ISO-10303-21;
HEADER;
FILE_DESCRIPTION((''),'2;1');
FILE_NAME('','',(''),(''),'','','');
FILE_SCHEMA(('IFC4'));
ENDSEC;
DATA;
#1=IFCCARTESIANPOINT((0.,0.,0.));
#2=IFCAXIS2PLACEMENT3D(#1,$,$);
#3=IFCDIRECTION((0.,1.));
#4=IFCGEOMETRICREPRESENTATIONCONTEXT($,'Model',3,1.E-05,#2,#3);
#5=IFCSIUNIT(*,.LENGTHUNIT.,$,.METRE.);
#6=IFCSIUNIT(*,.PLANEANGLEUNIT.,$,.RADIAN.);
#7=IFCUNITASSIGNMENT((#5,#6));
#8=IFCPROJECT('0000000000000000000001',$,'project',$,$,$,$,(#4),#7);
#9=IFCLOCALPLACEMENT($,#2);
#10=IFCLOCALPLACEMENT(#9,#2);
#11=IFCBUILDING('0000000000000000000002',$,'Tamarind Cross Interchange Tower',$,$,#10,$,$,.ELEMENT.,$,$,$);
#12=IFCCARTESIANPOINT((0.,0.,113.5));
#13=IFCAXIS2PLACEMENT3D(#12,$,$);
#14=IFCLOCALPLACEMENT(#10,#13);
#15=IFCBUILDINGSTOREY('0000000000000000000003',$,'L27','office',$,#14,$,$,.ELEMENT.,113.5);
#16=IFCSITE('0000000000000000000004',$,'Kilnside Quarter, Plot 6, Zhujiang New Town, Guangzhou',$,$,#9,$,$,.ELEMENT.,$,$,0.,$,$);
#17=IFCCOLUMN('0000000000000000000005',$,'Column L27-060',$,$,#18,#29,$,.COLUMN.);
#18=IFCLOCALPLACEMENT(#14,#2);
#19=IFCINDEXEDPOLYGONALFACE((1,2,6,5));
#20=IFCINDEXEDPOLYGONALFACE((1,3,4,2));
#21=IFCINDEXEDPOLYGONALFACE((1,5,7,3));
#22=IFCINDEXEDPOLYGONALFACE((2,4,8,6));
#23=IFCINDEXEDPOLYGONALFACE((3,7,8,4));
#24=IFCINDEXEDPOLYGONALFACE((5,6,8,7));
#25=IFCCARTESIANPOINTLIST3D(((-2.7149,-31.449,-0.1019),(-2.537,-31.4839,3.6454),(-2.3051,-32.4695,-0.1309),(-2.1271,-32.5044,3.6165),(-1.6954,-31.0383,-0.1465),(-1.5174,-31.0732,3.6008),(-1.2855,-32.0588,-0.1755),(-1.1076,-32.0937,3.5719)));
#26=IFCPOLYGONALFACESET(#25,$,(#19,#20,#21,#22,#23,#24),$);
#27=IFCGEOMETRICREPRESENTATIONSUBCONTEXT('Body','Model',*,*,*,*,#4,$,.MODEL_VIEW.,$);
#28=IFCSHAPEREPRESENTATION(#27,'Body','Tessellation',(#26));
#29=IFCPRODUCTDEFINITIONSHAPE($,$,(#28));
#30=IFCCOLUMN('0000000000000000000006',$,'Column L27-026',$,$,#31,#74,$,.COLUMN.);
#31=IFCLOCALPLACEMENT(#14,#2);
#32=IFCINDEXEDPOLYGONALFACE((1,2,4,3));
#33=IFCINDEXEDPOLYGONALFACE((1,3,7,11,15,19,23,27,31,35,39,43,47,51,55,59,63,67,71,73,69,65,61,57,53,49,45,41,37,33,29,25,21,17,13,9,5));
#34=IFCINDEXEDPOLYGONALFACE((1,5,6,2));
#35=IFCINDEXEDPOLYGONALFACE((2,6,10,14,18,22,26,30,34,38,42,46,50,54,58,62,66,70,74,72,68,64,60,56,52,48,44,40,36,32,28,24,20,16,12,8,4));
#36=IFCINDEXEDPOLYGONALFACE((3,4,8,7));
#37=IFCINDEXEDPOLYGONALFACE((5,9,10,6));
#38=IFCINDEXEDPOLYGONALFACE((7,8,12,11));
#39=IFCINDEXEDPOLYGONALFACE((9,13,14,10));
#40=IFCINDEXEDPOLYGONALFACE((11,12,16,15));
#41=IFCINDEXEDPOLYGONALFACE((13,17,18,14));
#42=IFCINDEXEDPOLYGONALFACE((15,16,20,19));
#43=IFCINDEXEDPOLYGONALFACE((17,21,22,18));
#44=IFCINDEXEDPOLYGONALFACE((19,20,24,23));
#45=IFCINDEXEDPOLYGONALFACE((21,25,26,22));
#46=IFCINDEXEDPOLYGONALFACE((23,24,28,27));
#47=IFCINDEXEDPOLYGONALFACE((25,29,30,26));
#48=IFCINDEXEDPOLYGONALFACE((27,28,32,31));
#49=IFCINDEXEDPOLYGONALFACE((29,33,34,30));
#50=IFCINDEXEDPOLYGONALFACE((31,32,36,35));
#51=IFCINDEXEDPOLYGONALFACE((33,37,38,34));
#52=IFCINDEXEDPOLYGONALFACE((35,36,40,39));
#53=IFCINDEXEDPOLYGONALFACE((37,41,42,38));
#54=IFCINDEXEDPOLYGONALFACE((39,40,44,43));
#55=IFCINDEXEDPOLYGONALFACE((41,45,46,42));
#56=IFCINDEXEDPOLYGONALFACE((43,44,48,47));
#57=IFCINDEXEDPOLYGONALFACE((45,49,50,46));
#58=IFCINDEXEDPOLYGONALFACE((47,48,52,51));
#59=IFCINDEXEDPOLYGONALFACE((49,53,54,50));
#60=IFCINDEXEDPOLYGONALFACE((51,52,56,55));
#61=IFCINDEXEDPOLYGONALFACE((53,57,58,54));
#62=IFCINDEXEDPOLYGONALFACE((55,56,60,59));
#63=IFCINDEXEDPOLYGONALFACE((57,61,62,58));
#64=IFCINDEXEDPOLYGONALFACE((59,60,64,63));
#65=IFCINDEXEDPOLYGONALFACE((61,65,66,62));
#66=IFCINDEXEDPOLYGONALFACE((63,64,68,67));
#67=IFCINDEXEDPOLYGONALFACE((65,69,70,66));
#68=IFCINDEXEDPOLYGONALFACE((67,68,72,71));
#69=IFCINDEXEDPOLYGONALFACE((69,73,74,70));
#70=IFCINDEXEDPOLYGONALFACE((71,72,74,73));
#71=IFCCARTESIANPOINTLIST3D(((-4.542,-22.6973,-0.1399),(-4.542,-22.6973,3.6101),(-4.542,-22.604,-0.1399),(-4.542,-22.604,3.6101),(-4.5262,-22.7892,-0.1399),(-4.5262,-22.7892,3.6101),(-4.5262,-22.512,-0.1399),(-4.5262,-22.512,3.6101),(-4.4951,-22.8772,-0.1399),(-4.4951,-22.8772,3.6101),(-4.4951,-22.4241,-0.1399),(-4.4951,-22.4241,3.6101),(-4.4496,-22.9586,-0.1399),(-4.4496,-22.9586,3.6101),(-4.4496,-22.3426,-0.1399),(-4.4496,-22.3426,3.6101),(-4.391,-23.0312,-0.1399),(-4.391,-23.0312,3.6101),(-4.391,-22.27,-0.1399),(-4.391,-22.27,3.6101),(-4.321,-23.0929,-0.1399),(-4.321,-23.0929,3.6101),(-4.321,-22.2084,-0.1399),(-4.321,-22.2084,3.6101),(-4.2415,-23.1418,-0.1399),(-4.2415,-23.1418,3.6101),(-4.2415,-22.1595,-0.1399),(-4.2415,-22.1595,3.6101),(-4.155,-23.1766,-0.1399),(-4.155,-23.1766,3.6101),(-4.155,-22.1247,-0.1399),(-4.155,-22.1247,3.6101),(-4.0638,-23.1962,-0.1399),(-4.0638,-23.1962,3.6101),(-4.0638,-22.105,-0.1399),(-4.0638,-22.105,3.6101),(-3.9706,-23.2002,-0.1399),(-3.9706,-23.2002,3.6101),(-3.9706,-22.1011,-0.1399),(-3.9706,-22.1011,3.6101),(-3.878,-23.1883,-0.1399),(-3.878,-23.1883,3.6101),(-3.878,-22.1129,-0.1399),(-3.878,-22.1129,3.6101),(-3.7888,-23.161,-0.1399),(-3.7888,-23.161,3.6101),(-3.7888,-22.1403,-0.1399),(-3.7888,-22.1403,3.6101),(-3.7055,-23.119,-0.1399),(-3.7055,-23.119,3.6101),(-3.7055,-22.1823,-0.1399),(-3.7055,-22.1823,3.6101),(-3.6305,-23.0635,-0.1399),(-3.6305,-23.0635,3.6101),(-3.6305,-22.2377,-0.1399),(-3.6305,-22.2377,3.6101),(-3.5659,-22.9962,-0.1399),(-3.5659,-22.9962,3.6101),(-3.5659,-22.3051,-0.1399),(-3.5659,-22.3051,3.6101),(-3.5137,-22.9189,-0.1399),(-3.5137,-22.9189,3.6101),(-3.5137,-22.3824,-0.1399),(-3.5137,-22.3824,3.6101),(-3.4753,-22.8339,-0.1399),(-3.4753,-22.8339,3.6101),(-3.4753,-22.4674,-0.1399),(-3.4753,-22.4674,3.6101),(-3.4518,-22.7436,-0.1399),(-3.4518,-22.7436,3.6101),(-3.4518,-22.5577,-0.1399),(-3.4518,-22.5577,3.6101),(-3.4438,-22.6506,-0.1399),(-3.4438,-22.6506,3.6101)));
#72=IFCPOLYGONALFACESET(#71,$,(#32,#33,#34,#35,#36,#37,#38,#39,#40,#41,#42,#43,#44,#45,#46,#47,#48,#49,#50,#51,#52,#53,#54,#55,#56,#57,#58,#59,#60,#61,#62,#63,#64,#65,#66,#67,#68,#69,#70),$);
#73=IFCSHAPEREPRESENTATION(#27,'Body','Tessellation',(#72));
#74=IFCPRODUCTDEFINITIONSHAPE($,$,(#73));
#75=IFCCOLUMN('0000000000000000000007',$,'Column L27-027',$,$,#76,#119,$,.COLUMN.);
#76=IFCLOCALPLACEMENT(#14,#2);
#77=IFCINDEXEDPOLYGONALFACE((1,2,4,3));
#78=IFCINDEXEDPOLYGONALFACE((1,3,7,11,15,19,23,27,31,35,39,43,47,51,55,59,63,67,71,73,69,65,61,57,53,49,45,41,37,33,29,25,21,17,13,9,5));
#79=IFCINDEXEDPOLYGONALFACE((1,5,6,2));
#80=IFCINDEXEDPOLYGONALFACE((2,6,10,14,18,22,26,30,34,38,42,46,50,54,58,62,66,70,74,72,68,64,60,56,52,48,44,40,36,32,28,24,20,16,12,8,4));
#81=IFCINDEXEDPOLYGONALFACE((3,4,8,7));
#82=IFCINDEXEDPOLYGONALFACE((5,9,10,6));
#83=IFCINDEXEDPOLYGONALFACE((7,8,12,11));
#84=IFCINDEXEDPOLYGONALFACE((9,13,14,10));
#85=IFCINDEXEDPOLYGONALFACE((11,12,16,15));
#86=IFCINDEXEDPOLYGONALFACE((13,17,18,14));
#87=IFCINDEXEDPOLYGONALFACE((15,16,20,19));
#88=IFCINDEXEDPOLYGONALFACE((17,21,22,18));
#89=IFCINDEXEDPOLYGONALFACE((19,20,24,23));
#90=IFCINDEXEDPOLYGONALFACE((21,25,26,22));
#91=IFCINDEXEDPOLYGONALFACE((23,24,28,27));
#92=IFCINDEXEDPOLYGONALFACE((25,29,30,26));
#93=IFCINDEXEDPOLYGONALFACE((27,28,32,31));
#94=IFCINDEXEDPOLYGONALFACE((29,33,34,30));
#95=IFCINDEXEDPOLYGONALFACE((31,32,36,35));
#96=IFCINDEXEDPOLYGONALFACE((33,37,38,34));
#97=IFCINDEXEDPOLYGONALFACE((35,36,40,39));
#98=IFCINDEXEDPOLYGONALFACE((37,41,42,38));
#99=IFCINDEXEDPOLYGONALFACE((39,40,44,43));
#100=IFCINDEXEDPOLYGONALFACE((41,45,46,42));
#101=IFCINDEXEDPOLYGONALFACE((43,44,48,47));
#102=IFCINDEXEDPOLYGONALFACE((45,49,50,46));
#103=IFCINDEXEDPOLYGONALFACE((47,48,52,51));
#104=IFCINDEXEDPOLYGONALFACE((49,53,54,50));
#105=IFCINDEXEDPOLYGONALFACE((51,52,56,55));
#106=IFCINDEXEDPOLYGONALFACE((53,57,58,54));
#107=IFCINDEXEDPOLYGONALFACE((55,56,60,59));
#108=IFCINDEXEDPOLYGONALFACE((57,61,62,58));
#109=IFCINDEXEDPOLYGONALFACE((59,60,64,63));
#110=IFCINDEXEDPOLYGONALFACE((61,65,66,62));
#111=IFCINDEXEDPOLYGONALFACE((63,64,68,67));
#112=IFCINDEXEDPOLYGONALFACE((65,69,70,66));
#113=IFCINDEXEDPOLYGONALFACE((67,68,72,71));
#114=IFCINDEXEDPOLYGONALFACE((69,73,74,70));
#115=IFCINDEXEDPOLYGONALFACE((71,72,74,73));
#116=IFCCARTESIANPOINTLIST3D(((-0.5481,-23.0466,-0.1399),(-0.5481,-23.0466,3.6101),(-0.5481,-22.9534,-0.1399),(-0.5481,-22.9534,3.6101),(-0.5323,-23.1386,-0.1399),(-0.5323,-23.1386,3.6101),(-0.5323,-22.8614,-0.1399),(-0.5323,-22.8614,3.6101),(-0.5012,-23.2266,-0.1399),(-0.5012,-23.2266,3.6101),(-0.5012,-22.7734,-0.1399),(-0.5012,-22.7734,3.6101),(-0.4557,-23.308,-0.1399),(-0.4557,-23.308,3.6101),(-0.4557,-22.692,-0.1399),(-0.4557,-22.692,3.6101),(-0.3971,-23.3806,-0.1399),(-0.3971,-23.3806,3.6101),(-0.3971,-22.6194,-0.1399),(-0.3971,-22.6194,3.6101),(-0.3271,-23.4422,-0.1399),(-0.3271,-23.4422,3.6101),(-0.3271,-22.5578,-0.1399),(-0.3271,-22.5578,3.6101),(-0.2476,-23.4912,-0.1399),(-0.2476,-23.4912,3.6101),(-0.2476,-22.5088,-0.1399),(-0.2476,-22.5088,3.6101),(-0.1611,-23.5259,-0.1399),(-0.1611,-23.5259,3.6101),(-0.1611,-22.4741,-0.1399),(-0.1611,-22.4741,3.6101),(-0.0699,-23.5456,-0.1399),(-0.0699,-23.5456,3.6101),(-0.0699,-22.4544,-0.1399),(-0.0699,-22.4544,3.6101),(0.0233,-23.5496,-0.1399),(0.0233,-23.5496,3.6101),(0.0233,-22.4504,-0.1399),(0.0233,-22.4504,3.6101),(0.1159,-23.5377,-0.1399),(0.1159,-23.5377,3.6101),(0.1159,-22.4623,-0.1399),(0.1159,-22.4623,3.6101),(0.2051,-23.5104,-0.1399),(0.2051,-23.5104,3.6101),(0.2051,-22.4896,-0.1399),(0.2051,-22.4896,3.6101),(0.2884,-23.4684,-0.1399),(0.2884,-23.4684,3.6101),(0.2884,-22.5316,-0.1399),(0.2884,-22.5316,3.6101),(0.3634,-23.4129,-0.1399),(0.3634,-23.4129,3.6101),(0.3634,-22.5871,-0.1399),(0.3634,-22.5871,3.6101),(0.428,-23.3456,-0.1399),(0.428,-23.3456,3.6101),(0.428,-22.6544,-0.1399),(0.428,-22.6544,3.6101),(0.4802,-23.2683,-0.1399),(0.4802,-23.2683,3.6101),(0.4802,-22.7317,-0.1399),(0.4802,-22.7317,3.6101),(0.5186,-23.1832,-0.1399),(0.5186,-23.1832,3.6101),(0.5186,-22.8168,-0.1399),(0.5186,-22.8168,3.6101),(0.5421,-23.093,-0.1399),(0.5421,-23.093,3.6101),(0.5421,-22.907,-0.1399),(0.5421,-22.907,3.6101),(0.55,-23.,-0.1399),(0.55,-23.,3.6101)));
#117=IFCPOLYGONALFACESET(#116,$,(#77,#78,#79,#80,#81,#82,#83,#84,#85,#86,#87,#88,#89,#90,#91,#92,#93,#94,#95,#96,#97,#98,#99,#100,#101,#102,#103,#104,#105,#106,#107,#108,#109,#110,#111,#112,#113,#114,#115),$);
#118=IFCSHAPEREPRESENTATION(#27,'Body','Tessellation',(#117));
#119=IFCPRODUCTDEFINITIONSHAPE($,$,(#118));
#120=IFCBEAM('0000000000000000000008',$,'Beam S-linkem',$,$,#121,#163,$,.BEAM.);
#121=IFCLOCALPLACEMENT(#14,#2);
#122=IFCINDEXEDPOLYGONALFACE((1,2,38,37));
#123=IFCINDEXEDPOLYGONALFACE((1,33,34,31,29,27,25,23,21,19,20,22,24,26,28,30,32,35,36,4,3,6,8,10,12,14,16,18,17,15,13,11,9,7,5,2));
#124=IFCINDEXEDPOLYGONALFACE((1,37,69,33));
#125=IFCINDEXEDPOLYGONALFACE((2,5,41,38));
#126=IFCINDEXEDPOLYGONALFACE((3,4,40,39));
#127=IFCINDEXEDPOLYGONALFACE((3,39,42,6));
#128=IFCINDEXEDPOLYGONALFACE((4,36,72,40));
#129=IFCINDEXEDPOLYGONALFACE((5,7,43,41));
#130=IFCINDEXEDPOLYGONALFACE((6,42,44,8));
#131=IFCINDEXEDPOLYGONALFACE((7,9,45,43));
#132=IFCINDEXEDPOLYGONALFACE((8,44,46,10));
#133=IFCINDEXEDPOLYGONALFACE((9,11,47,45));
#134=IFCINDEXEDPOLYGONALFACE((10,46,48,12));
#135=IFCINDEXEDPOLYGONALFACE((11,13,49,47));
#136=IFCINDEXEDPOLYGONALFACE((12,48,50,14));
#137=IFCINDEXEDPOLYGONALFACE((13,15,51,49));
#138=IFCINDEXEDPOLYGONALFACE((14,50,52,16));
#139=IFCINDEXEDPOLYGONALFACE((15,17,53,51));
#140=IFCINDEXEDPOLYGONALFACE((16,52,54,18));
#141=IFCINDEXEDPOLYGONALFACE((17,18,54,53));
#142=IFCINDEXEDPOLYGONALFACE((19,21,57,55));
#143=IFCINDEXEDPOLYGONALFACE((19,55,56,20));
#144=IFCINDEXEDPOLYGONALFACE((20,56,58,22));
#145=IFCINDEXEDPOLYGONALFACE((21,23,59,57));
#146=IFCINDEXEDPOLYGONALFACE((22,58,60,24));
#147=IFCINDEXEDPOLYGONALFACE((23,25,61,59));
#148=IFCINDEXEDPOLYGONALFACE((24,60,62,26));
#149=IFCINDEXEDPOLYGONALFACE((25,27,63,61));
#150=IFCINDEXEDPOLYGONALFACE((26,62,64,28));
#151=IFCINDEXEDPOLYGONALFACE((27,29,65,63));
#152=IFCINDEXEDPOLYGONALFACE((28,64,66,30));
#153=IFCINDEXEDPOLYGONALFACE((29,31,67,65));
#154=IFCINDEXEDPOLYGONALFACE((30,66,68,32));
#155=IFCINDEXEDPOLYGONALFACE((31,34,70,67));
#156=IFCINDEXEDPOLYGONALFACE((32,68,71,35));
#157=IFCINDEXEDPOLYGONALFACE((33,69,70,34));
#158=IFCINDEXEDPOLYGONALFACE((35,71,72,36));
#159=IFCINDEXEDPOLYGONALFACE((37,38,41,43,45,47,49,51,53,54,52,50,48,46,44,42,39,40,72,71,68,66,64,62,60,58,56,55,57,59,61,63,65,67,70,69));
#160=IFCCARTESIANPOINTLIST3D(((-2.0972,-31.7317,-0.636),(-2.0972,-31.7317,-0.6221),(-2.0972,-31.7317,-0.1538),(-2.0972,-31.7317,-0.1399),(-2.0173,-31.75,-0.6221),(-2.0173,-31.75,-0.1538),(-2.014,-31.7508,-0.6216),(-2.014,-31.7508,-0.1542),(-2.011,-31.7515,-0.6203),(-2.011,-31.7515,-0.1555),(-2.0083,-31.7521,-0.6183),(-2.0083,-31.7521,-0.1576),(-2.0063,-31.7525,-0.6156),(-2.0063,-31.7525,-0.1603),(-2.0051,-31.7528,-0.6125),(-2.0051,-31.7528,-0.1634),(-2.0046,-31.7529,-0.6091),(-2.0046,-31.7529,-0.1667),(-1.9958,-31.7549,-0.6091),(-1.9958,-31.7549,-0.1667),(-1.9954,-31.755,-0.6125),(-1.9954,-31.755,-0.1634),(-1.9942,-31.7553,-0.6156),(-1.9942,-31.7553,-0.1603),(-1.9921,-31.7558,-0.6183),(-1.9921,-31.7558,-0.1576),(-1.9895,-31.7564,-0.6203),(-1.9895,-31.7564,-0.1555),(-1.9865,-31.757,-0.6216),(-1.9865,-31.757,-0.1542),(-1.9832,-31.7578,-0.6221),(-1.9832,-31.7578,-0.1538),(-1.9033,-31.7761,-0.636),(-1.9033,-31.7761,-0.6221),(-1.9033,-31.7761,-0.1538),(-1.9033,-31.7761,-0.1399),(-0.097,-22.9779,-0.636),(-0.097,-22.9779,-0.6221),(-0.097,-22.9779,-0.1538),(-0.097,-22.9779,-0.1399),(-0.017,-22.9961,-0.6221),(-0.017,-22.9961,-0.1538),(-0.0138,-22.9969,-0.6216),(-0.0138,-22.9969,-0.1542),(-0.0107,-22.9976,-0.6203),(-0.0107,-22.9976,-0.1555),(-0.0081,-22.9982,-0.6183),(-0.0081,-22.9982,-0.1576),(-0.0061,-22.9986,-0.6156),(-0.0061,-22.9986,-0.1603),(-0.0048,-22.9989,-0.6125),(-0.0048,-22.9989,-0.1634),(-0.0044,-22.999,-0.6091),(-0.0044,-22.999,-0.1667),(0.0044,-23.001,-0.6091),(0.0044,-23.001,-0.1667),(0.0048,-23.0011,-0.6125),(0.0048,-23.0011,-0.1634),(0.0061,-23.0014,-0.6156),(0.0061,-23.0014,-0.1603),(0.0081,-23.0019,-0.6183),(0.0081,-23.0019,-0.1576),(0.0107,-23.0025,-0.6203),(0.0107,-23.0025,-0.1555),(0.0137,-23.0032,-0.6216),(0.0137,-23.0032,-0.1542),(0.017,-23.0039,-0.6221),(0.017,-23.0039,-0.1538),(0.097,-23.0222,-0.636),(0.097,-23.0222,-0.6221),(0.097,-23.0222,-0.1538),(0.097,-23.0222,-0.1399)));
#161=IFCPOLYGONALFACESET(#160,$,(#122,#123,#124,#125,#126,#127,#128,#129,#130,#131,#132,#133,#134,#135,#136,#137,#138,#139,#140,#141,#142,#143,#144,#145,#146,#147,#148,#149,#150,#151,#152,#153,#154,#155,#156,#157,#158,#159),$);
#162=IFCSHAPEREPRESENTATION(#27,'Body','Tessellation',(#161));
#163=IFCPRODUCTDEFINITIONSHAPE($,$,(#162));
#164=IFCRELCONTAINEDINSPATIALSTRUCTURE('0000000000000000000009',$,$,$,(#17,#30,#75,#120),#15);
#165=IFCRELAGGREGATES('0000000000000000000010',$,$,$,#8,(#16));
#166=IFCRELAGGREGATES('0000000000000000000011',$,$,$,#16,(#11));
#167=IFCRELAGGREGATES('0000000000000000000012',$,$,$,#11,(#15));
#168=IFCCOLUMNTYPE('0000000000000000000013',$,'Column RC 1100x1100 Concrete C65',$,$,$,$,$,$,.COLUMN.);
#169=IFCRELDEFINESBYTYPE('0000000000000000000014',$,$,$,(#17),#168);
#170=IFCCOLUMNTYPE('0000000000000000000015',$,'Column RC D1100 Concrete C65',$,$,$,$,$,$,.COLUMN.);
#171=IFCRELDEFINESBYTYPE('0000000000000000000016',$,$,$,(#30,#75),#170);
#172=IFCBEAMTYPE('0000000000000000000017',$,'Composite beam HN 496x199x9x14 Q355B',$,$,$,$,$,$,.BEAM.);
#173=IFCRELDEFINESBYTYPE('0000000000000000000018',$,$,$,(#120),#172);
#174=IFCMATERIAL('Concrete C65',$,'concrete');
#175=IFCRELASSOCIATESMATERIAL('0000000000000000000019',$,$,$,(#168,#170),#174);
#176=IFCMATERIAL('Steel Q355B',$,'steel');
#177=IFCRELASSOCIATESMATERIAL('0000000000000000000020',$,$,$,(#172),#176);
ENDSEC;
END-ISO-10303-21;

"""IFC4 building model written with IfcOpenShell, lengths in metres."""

from ifc_helpers import new_model, si_unit, direction, frame, origin, origin_2d, place, context, subcontext, project, spatial, rectangle, circle, i_section, extrude, material, material_profile, profile_set, type_object, element, save


model = new_model("IFC4")

# Units and contexts
model_context = context("Model", 3, precision=1e-05, world=origin(), true_north=direction((0.0, 1.0)))
body_context = subcontext(model_context, "Body", "Model", "MODEL_VIEW")
ifc_project = project(units=[si_unit("LENGTHUNIT", "METRE"), si_unit("PLANEANGLEUNIT", "RADIAN")], contexts=[model_context])

# Site, building, storey
site_placement = place(None, origin())
site = spatial("IfcSite", under=ifc_project, at=site_placement, Name="Kilnside Quarter, Plot 6, Zhujiang New Town, Guangzhou", CompositionType="ELEMENT", RefElevation=0.0)
building_placement = place(site_placement, origin())
building = spatial("IfcBuilding", under=site, at=building_placement, Name="Tamarind Cross Interchange Tower", CompositionType="ELEMENT")
storey_placement = place(building_placement, frame((0.0, 0.0, 113.5)))
storey = spatial("IfcBuildingStorey", under=building, at=storey_placement, Name="L27", Description="office", CompositionType="ELEMENT", Elevation=113.5)

# Columns
ifc_material_1 = material(Name="Concrete C65", Category="concrete")
ifc_material_profile_1 = material_profile(ifc_material_1, rectangle(XDim=1.1001, YDim=1.1001, at=origin_2d()), Name="RC 1100x1100")
ifc_profile_set_1 = profile_set([ifc_material_profile_1], Name="Concrete C65")
column_type_1 = type_object("IfcColumnType", Name="Column RC 1100x1100 Concrete C65", PredefinedType="COLUMN", material=ifc_profile_set_1)
column_placement = place(storey_placement, frame((-2.0002, -31.7539, -0.1387), z_axis=(0.047439, -0.009306, 0.998831), x_axis=(-0.372523, 0.927649, 0.026335)))
element("IfcColumn", 1, at=column_placement, inside=storey, type_object=column_type_1, Name="Column L27-060", PredefinedType="COLUMN", context=body_context, shape_type="SweptSolid", body=[
    extrude(rectangle(XDim=1.1001, YDim=1.1001, at=origin_2d()), origin(), (0.0, 0.0, 1.0), 3.7517),
])
ifc_material_profile_2 = material_profile(ifc_material_1, circle(Radius=0.55, at=origin_2d()), Name="RC D1100")
ifc_profile_set_2 = profile_set([ifc_material_profile_2], Name="Concrete C65")
column_type_2 = type_object("IfcColumnType", Name="Column RC D1100 Concrete C65", PredefinedType="COLUMN", material=ifc_profile_set_2)
for number, where, z_axis, x_axis, name in (
    (2, (-3.9939, -22.6506, -0.1399), (0.0, 0.0, 1.0), (1.0, 0.0, 0.0), "Column L27-026"),
    (3, (0.0, -23.0, -0.1399), (0.0, 0.0, 1.0), (1.0, 0.0, 0.0), "Column L27-027"),
):
    element("IfcColumn", number, at=place(storey_placement, frame(where, z_axis=z_axis, x_axis=x_axis)), inside=storey, type_object=column_type_2, Name=name, PredefinedType="COLUMN", context=body_context, shape_type="SweptSolid", body=[
        extrude(circle(Radius=0.55, at=origin_2d()), origin(), (0.0, 0.0, 1.0), 3.75),
    ])

# Beam
ifc_material_2 = material(Name="Steel Q355B", Category="steel")
ifc_material_profile_3 = material_profile(ifc_material_2, i_section(OverallWidth=0.199, OverallDepth=0.4961, WebThickness=0.009, FlangeThickness=0.0139, FilletRadius=0.0129, at=origin_2d()), Name="HN 496x199x9x14")
ifc_profile_set_3 = profile_set([ifc_material_profile_3], Name="Steel Q355B")
beam_type_1 = type_object("IfcBeamType", Name="Composite beam HN 496x199x9x14 Q355B", PredefinedType="BEAM", material=ifc_profile_set_3)
beam_1_placement = place(storey_placement, frame((-2.0002, -31.7539, -0.3879), z_axis=(0.222756, 0.974874, 0.0), x_axis=(-0.974874, 0.222756, 0.0)))
element("IfcBeam", 4, at=beam_1_placement, inside=storey, type_object=beam_type_1, Name="Beam S-linkem", PredefinedType="BEAM", context=body_context, shape_type="SweptSolid", body=[
    extrude(i_section(OverallWidth=0.199, OverallDepth=0.4961, WebThickness=0.009, FlangeThickness=0.0139, FilletRadius=0.0129, at=origin_2d()), origin(), (0.0, 0.0, 1.0), 8.9795),
])

save(model, "model.ifc")
